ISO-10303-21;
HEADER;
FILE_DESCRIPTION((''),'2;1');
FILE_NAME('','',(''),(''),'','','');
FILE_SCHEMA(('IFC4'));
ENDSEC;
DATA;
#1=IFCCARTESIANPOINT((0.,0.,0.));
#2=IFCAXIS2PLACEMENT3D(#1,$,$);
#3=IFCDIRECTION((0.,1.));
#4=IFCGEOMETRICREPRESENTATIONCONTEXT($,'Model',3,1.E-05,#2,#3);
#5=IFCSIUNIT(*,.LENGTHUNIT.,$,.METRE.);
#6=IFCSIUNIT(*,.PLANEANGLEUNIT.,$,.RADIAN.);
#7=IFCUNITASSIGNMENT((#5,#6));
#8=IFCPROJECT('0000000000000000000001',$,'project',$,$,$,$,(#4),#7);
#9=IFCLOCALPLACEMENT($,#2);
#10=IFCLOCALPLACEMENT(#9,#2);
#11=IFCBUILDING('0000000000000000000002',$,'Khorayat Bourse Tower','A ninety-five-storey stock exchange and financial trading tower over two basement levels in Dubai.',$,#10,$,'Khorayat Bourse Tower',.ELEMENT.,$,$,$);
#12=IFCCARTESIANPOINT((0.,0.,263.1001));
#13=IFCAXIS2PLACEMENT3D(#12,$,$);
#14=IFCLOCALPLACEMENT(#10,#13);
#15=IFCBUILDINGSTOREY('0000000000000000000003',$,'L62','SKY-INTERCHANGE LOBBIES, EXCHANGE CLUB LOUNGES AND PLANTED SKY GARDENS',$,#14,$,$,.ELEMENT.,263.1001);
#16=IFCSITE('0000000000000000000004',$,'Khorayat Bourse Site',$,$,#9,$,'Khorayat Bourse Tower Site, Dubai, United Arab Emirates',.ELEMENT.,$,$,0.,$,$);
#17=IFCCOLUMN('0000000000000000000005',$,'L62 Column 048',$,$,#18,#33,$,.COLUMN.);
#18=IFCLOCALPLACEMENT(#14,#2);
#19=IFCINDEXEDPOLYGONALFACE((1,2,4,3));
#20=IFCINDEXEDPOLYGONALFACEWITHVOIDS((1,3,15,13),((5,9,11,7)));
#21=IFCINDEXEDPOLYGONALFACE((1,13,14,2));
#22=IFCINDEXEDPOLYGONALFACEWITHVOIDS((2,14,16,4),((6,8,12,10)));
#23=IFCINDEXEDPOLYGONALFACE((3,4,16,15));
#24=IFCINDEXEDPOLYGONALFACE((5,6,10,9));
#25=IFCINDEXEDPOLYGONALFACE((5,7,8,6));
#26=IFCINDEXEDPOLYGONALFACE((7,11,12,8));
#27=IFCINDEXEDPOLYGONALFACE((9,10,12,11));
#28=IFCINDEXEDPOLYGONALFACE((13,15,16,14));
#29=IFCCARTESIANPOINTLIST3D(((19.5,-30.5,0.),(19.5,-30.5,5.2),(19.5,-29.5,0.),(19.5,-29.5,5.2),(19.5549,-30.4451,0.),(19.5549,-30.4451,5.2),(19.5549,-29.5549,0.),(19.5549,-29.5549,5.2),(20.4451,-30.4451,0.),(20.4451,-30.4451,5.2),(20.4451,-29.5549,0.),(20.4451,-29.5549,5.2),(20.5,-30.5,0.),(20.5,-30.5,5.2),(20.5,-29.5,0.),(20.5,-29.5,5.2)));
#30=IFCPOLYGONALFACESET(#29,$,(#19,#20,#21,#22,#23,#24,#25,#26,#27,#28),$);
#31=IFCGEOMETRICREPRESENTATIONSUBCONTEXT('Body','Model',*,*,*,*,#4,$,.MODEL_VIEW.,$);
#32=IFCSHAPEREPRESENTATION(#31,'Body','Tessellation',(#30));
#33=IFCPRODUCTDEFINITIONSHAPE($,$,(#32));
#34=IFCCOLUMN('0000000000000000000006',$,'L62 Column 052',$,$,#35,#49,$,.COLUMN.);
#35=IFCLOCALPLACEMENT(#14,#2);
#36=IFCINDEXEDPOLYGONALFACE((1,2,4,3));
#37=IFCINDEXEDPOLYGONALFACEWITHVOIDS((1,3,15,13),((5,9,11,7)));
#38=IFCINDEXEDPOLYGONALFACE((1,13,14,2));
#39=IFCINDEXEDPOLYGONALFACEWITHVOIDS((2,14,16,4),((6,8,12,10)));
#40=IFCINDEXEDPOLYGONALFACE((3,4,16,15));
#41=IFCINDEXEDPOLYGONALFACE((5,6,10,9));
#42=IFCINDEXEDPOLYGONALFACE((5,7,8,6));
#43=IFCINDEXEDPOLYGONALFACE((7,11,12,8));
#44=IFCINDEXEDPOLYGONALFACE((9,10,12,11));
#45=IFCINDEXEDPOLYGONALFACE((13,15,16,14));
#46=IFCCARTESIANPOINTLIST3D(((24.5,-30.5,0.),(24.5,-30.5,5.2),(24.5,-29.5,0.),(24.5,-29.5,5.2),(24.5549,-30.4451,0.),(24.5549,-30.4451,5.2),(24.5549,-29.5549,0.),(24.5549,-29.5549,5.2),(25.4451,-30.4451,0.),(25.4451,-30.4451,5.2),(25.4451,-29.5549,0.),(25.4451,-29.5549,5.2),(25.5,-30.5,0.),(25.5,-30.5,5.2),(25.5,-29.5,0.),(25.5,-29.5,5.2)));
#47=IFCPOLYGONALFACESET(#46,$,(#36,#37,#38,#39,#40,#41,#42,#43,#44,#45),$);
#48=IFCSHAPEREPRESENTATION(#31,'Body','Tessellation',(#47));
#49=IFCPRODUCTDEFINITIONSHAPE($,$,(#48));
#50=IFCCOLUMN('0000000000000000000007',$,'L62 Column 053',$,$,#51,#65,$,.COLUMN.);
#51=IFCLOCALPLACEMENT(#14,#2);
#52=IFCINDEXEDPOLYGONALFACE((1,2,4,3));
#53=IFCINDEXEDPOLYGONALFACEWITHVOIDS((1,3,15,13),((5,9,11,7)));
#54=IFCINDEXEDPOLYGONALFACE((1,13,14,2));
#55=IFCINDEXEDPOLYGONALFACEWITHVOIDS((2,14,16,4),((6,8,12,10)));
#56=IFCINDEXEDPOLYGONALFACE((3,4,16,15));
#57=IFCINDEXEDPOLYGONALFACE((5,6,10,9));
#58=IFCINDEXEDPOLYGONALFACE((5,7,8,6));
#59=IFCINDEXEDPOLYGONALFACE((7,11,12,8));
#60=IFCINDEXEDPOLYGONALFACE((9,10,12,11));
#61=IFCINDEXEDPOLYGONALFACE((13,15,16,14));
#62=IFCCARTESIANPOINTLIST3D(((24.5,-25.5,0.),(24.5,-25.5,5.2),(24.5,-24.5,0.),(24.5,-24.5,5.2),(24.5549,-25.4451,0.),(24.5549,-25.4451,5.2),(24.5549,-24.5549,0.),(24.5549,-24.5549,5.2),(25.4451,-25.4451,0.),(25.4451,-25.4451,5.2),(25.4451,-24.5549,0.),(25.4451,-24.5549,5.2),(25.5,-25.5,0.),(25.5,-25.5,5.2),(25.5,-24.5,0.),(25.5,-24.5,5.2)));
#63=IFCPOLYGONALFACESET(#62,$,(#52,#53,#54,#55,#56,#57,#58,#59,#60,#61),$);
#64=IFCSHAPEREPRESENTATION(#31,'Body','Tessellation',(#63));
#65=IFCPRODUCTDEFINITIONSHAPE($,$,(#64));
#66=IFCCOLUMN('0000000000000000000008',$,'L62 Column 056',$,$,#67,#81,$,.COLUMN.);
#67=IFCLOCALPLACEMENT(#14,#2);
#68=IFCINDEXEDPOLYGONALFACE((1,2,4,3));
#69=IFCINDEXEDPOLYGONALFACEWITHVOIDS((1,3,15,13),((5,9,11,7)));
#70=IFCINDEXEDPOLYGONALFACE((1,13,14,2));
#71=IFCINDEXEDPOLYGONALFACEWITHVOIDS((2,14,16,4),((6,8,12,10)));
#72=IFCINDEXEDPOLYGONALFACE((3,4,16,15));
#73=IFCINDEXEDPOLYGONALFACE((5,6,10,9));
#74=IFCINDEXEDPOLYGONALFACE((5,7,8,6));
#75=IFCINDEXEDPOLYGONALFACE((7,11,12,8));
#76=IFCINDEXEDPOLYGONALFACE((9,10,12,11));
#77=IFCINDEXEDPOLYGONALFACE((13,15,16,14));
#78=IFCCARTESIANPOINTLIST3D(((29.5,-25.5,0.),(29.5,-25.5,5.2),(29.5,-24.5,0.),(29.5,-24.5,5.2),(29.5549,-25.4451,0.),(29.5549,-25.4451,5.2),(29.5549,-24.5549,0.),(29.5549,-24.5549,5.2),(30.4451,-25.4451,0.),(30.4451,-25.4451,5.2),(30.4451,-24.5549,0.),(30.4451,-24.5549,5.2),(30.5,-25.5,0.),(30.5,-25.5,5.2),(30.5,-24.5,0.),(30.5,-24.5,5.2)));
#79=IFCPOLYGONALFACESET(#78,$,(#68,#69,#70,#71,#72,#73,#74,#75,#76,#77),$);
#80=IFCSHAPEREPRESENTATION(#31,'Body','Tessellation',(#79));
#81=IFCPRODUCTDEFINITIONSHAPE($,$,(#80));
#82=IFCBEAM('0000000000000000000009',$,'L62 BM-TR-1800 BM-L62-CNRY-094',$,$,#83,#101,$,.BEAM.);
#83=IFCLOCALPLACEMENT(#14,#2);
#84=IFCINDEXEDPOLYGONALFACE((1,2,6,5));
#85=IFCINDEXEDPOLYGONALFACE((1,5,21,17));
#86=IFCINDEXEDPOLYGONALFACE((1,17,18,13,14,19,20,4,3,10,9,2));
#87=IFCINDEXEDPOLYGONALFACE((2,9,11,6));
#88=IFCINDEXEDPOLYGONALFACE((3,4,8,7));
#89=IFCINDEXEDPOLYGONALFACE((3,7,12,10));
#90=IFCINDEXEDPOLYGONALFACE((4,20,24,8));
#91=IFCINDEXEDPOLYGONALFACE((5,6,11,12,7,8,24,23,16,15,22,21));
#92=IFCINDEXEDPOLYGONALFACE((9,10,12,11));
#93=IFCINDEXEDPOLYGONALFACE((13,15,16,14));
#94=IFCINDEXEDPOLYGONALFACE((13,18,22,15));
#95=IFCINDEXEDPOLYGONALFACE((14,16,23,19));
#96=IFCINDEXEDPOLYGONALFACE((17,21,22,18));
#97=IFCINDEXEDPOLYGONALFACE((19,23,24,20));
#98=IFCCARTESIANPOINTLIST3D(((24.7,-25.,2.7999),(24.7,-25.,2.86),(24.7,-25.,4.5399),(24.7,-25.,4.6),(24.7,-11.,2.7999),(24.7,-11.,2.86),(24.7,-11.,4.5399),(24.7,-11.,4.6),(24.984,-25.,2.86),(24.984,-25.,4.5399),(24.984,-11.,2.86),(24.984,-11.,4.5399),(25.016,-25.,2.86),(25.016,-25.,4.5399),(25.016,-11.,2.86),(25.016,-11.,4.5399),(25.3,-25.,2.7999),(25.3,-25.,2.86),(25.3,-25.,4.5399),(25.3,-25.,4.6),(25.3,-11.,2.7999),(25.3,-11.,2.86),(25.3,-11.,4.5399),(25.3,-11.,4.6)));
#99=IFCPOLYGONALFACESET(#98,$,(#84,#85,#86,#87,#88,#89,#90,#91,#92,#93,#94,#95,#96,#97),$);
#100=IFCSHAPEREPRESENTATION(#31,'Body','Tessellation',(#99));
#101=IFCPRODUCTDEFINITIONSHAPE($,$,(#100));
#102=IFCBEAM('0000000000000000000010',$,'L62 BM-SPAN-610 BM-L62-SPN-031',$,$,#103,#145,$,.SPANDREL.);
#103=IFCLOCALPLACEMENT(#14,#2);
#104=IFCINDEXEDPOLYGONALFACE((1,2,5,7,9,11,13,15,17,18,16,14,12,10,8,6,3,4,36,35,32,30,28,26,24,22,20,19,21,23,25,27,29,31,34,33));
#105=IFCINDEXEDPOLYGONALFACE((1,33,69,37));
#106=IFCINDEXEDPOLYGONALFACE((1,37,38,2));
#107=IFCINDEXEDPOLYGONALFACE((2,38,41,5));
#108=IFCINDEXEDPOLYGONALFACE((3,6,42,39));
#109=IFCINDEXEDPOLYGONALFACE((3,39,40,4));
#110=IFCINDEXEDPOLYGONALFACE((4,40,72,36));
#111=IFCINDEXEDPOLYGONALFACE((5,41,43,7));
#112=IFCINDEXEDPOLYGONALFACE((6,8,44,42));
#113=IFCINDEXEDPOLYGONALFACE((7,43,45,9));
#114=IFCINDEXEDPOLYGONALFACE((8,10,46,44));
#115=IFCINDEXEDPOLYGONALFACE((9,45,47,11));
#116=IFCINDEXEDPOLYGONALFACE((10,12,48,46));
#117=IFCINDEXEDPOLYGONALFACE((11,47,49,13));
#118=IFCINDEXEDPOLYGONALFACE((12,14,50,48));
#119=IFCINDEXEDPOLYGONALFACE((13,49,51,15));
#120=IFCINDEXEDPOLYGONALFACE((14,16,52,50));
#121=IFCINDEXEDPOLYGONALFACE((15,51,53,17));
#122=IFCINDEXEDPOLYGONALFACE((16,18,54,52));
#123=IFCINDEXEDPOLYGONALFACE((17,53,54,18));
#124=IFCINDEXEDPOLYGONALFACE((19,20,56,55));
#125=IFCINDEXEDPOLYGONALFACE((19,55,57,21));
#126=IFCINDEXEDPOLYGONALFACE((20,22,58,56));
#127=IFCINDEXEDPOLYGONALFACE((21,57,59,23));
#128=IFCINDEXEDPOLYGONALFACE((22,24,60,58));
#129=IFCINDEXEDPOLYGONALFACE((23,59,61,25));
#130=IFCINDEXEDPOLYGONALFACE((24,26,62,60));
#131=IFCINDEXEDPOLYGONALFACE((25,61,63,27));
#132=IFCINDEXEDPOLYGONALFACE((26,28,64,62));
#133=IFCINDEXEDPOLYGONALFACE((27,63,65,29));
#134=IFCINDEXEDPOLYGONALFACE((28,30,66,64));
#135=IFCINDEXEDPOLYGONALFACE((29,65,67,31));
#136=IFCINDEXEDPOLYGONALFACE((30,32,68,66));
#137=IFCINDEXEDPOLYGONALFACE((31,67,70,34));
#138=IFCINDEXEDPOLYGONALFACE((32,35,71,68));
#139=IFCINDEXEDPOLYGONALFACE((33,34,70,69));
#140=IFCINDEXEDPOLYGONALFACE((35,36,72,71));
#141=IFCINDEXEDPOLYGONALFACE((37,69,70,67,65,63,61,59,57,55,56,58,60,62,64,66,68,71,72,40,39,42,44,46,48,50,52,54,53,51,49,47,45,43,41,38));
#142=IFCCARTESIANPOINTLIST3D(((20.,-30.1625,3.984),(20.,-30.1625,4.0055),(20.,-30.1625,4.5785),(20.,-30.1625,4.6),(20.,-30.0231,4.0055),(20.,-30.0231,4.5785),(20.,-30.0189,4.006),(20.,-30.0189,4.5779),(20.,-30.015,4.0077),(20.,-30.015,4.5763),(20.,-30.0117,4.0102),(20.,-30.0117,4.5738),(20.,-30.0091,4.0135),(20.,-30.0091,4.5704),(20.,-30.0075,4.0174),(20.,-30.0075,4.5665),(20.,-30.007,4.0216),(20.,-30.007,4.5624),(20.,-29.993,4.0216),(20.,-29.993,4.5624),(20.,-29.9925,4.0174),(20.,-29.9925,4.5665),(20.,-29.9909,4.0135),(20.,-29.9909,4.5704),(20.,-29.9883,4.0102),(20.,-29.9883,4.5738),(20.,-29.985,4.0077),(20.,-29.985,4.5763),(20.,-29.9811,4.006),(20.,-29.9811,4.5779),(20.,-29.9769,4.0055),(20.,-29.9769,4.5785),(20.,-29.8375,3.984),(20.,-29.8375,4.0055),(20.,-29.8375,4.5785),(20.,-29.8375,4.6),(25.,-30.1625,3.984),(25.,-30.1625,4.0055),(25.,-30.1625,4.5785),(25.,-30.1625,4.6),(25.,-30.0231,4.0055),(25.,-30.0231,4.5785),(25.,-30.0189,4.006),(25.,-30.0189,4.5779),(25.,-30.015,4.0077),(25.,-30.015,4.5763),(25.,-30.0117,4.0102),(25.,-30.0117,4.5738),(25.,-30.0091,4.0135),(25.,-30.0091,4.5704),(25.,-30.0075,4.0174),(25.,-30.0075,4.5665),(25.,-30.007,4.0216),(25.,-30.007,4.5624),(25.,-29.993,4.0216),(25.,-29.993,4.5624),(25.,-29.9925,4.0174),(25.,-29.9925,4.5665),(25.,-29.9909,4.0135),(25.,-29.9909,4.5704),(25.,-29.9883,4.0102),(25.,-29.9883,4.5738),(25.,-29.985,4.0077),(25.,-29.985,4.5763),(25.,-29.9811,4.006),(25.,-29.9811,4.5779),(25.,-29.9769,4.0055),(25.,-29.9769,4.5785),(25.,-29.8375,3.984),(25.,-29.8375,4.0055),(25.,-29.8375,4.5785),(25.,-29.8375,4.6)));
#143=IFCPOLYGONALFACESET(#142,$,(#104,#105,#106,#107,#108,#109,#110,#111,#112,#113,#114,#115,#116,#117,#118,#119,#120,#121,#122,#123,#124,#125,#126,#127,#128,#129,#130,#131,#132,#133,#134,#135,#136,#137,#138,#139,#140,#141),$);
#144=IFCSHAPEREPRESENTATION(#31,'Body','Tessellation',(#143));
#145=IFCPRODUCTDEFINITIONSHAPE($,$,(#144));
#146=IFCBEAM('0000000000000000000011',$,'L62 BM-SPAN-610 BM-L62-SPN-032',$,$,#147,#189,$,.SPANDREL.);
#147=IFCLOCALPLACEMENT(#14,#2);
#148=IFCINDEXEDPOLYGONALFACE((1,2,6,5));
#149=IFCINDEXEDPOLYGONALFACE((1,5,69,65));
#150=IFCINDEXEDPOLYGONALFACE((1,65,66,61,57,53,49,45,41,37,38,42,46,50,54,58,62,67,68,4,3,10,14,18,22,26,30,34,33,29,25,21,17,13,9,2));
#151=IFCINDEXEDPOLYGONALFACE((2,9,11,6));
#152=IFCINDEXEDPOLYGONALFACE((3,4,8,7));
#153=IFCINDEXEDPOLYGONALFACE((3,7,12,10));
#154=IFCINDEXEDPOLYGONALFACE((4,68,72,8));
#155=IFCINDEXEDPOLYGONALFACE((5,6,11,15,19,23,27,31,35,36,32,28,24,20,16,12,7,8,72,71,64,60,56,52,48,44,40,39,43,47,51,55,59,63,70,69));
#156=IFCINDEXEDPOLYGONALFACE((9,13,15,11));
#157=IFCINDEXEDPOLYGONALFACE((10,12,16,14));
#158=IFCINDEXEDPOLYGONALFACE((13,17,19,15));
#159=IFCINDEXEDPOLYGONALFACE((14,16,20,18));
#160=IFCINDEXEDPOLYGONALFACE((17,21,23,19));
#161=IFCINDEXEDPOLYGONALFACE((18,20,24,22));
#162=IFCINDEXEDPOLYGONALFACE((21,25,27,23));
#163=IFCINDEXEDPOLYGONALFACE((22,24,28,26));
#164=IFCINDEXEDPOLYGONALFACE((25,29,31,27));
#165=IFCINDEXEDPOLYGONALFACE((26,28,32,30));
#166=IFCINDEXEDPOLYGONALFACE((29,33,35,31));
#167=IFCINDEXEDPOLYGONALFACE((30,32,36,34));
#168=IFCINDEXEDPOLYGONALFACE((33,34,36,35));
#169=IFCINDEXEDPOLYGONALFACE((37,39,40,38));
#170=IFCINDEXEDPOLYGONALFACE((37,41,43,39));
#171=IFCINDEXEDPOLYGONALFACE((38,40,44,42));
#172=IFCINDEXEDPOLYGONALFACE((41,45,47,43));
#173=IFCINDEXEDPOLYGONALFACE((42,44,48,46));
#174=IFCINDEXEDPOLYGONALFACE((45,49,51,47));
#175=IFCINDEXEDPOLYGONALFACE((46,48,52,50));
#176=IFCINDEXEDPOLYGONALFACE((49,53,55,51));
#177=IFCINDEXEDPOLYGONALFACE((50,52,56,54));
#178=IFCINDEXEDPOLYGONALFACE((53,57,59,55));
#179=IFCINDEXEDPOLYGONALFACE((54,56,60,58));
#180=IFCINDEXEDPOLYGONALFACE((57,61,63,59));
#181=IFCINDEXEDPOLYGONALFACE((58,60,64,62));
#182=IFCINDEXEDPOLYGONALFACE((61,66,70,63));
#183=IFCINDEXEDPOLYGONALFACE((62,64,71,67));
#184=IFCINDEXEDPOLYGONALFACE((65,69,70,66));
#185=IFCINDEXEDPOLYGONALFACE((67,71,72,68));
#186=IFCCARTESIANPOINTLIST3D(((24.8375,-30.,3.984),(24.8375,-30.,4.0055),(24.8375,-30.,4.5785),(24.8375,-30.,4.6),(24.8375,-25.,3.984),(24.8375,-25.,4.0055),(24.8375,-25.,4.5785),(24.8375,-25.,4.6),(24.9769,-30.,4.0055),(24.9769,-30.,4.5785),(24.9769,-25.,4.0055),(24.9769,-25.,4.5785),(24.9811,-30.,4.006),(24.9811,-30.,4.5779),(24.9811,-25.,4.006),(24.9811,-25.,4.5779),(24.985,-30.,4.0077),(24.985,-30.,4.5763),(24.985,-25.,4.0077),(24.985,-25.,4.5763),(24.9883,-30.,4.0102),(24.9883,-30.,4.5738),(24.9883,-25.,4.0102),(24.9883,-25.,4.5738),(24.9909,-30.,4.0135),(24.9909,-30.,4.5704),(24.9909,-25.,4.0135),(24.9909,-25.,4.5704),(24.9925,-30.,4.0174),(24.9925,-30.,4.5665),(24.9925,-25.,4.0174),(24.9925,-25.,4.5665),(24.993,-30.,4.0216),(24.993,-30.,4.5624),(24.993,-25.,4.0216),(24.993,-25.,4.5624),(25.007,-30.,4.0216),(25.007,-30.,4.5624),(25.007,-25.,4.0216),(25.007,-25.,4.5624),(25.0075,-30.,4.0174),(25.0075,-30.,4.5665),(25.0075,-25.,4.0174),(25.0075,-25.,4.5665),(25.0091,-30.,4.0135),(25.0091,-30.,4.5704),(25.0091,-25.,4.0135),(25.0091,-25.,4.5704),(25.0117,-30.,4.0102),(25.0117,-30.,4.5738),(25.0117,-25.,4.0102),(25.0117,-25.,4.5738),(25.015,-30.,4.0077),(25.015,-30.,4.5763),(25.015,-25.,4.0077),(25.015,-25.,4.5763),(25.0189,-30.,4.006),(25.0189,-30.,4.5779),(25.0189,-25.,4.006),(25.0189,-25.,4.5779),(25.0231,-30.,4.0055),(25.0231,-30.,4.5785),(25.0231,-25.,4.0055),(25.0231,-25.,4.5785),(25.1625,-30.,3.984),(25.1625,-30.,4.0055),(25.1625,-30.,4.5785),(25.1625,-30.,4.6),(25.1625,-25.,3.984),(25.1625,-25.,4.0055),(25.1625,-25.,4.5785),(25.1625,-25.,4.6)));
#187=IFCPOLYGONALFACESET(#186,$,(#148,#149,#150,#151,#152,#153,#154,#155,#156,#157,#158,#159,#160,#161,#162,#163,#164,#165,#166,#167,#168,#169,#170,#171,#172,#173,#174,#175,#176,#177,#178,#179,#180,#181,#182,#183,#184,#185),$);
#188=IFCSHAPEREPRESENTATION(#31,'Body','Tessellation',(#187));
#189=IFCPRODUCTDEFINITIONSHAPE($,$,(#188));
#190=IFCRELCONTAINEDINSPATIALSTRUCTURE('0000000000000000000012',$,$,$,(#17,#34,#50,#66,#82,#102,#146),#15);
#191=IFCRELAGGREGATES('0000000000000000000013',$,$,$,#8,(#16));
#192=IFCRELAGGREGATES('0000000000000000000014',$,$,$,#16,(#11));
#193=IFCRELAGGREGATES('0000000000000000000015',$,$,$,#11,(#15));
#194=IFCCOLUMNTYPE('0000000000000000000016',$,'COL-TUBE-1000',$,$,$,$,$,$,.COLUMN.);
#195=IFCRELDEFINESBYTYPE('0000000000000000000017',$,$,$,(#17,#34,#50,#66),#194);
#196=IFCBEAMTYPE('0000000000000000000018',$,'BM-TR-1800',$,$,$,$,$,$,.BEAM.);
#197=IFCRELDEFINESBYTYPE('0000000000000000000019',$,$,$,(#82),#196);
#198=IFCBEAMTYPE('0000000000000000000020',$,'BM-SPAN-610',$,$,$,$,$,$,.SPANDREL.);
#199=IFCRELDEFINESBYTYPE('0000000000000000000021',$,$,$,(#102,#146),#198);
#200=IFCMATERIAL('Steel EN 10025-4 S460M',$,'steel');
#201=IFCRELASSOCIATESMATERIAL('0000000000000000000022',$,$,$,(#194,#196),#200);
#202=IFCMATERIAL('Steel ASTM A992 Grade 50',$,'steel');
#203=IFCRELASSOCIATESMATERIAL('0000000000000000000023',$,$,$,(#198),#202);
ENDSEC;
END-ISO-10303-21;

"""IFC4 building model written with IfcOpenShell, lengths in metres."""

from ifc_helpers import new_model, si_unit, direction, frame, origin, origin_2d, place, context, subcontext, project, spatial, hollow_rectangle, i_section, extrude, source, transform, mapped, material, material_profile, profile_set, type_object, element, save


model = new_model("IFC4")

# Units and contexts
model_context = context("Model", 3, precision=1e-05, world=origin(), true_north=direction((0.0, 1.0)))
body_context = subcontext(model_context, "Body", "Model", "MODEL_VIEW")
ifc_project = project(units=[si_unit("LENGTHUNIT", "METRE"), si_unit("PLANEANGLEUNIT", "RADIAN")], contexts=[model_context])

# Site, building, storey
site_placement = place(None, origin())
site = spatial("IfcSite", under=ifc_project, at=site_placement, Name="Khorayat Bourse Site", LongName="Khorayat Bourse Tower Site, Dubai, United Arab Emirates", CompositionType="ELEMENT", RefElevation=0.0)
building_placement = place(site_placement, origin())
building = spatial("IfcBuilding", under=site, at=building_placement, Name="Khorayat Bourse Tower", Description="A ninety-five-storey stock exchange and financial trading tower over two basement levels in Dubai.", LongName="Khorayat Bourse Tower", CompositionType="ELEMENT")
storey_placement = place(building_placement, frame((0.0, 0.0, 263.1001)))
storey = spatial("IfcBuildingStorey", under=building, at=storey_placement, Name="L62", Description="SKY-INTERCHANGE LOBBIES, EXCHANGE CLUB LOUNGES AND PLANTED SKY GARDENS", CompositionType="ELEMENT", Elevation=263.1001)

# Columns
ifc_material_1 = material(Name="Steel EN 10025-4 S460M", Category="steel")
ifc_material_profile_1 = material_profile(ifc_material_1, hollow_rectangle(XDim=1.0, YDim=1.0, WallThickness=0.0549, at=origin_2d()), Name="BOX 1000x1000x55")
ifc_profile_set_1 = profile_set([ifc_material_profile_1], Name="Steel EN 10025-4 S460M")
column_type = type_object("IfcColumnType", Name="COL-TUBE-1000", PredefinedType="COLUMN", material=ifc_profile_set_1)
shared_shape_1 = source(origin(), body_context, "Body", "SweptSolid", [
    extrude(hollow_rectangle(XDim=1.0, YDim=1.0, WallThickness=0.0549, at=origin_2d()), origin(), (0.0, 0.0, 1.0), 5.2),
])
for number, where, z_axis, x_axis, name in (
    (1, (20.0, -30.0, 0.0), (0.0, 0.0, 1.0), (1.0, 0.0, 0.0), "L62 Column 048"),
    (2, (25.0, -30.0, 0.0), (0.0, 0.0, 1.0), (1.0, 0.0, 0.0), "L62 Column 052"),
    (3, (25.0, -25.0, 0.0), (0.0, 0.0, 1.0), (1.0, 0.0, 0.0), "L62 Column 053"),
    (4, (30.0, -25.0, 0.0), (0.0, 0.0, 1.0), (1.0, 0.0, 0.0), "L62 Column 056"),
):
    element("IfcColumn", number, at=place(storey_placement, frame(where, z_axis=z_axis, x_axis=x_axis)), inside=storey, type_object=column_type, Name=name, PredefinedType="COLUMN", context=body_context, shape_type="MappedRepresentation", body=[
        mapped(shared_shape_1, transform((0.0, 0.0, 0.0), scale=1.0)),
    ])

# Beams
ifc_material_profile_2 = material_profile(ifc_material_1, i_section(OverallWidth=0.6001, OverallDepth=1.8, WebThickness=0.032, FlangeThickness=0.0601, at=origin_2d()), Name="PG 1800x600x32x60")
ifc_profile_set_2 = profile_set([ifc_material_profile_2], Name="Steel EN 10025-4 S460M")
beam_type_1 = type_object("IfcBeamType", Name="BM-TR-1800", PredefinedType="BEAM", material=ifc_profile_set_2)
shared_shape_2 = source(origin(), body_context, "Body", "SweptSolid", [
    extrude(i_section(OverallWidth=0.6001, OverallDepth=1.8, WebThickness=0.032, FlangeThickness=0.0601, at=origin_2d()), origin(), (0.0, 0.0, 1.0), 14.0),
])
beam_placement = place(storey_placement, frame((25.0, -25.0, 3.7), z_axis=(0.0, 1.0, 0.0), x_axis=(-1.0, 0.0, 0.0)))
element("IfcBeam", 5, at=beam_placement, inside=storey, type_object=beam_type_1, Name="L62 BM-TR-1800 BM-L62-CNRY-094", PredefinedType="BEAM", context=body_context, shape_type="MappedRepresentation", body=[
    mapped(shared_shape_2, transform((0.0, 0.0, 0.0), scale=1.0)),
])
ifc_material_2 = material(Name="Steel ASTM A992 Grade 50", Category="steel")
ifc_material_profile_3 = material_profile(ifc_material_2, i_section(OverallWidth=0.325, OverallDepth=0.616, WebThickness=0.0139, FlangeThickness=0.0215, FilletRadius=0.0161, at=origin_2d()), Name="W610X174")
ifc_profile_set_3 = profile_set([ifc_material_profile_3], Name="Steel ASTM A992 Grade 50")
beam_type_2 = type_object("IfcBeamType", Name="BM-SPAN-610", PredefinedType="SPANDREL", material=ifc_profile_set_3)
shared_shape_3 = source(origin(), body_context, "Body", "SweptSolid", [
    extrude(i_section(OverallWidth=0.325, OverallDepth=0.616, WebThickness=0.0139, FlangeThickness=0.0215, FilletRadius=0.0161, at=origin_2d()), origin(), (0.0, 0.0, 1.0), 5.0),
])
for number, where, z_axis, x_axis, name in (
    (6, (20.0, -30.0, 4.292), (1.0, 0.0, 0.0), (0.0, 1.0, 0.0), "L62 BM-SPAN-610 BM-L62-SPN-031"),
    (7, (25.0, -30.0, 4.292), (0.0, 1.0, 0.0), (-1.0, 0.0, 0.0), "L62 BM-SPAN-610 BM-L62-SPN-032"),
):
    element("IfcBeam", number, at=place(storey_placement, frame(where, z_axis=z_axis, x_axis=x_axis)), inside=storey, type_object=beam_type_2, Name=name, PredefinedType="SPANDREL", context=body_context, shape_type="MappedRepresentation", body=[
        mapped(shared_shape_3, transform((0.0, 0.0, 0.0), scale=1.0)),
    ])

save(model, "model.ifc")
